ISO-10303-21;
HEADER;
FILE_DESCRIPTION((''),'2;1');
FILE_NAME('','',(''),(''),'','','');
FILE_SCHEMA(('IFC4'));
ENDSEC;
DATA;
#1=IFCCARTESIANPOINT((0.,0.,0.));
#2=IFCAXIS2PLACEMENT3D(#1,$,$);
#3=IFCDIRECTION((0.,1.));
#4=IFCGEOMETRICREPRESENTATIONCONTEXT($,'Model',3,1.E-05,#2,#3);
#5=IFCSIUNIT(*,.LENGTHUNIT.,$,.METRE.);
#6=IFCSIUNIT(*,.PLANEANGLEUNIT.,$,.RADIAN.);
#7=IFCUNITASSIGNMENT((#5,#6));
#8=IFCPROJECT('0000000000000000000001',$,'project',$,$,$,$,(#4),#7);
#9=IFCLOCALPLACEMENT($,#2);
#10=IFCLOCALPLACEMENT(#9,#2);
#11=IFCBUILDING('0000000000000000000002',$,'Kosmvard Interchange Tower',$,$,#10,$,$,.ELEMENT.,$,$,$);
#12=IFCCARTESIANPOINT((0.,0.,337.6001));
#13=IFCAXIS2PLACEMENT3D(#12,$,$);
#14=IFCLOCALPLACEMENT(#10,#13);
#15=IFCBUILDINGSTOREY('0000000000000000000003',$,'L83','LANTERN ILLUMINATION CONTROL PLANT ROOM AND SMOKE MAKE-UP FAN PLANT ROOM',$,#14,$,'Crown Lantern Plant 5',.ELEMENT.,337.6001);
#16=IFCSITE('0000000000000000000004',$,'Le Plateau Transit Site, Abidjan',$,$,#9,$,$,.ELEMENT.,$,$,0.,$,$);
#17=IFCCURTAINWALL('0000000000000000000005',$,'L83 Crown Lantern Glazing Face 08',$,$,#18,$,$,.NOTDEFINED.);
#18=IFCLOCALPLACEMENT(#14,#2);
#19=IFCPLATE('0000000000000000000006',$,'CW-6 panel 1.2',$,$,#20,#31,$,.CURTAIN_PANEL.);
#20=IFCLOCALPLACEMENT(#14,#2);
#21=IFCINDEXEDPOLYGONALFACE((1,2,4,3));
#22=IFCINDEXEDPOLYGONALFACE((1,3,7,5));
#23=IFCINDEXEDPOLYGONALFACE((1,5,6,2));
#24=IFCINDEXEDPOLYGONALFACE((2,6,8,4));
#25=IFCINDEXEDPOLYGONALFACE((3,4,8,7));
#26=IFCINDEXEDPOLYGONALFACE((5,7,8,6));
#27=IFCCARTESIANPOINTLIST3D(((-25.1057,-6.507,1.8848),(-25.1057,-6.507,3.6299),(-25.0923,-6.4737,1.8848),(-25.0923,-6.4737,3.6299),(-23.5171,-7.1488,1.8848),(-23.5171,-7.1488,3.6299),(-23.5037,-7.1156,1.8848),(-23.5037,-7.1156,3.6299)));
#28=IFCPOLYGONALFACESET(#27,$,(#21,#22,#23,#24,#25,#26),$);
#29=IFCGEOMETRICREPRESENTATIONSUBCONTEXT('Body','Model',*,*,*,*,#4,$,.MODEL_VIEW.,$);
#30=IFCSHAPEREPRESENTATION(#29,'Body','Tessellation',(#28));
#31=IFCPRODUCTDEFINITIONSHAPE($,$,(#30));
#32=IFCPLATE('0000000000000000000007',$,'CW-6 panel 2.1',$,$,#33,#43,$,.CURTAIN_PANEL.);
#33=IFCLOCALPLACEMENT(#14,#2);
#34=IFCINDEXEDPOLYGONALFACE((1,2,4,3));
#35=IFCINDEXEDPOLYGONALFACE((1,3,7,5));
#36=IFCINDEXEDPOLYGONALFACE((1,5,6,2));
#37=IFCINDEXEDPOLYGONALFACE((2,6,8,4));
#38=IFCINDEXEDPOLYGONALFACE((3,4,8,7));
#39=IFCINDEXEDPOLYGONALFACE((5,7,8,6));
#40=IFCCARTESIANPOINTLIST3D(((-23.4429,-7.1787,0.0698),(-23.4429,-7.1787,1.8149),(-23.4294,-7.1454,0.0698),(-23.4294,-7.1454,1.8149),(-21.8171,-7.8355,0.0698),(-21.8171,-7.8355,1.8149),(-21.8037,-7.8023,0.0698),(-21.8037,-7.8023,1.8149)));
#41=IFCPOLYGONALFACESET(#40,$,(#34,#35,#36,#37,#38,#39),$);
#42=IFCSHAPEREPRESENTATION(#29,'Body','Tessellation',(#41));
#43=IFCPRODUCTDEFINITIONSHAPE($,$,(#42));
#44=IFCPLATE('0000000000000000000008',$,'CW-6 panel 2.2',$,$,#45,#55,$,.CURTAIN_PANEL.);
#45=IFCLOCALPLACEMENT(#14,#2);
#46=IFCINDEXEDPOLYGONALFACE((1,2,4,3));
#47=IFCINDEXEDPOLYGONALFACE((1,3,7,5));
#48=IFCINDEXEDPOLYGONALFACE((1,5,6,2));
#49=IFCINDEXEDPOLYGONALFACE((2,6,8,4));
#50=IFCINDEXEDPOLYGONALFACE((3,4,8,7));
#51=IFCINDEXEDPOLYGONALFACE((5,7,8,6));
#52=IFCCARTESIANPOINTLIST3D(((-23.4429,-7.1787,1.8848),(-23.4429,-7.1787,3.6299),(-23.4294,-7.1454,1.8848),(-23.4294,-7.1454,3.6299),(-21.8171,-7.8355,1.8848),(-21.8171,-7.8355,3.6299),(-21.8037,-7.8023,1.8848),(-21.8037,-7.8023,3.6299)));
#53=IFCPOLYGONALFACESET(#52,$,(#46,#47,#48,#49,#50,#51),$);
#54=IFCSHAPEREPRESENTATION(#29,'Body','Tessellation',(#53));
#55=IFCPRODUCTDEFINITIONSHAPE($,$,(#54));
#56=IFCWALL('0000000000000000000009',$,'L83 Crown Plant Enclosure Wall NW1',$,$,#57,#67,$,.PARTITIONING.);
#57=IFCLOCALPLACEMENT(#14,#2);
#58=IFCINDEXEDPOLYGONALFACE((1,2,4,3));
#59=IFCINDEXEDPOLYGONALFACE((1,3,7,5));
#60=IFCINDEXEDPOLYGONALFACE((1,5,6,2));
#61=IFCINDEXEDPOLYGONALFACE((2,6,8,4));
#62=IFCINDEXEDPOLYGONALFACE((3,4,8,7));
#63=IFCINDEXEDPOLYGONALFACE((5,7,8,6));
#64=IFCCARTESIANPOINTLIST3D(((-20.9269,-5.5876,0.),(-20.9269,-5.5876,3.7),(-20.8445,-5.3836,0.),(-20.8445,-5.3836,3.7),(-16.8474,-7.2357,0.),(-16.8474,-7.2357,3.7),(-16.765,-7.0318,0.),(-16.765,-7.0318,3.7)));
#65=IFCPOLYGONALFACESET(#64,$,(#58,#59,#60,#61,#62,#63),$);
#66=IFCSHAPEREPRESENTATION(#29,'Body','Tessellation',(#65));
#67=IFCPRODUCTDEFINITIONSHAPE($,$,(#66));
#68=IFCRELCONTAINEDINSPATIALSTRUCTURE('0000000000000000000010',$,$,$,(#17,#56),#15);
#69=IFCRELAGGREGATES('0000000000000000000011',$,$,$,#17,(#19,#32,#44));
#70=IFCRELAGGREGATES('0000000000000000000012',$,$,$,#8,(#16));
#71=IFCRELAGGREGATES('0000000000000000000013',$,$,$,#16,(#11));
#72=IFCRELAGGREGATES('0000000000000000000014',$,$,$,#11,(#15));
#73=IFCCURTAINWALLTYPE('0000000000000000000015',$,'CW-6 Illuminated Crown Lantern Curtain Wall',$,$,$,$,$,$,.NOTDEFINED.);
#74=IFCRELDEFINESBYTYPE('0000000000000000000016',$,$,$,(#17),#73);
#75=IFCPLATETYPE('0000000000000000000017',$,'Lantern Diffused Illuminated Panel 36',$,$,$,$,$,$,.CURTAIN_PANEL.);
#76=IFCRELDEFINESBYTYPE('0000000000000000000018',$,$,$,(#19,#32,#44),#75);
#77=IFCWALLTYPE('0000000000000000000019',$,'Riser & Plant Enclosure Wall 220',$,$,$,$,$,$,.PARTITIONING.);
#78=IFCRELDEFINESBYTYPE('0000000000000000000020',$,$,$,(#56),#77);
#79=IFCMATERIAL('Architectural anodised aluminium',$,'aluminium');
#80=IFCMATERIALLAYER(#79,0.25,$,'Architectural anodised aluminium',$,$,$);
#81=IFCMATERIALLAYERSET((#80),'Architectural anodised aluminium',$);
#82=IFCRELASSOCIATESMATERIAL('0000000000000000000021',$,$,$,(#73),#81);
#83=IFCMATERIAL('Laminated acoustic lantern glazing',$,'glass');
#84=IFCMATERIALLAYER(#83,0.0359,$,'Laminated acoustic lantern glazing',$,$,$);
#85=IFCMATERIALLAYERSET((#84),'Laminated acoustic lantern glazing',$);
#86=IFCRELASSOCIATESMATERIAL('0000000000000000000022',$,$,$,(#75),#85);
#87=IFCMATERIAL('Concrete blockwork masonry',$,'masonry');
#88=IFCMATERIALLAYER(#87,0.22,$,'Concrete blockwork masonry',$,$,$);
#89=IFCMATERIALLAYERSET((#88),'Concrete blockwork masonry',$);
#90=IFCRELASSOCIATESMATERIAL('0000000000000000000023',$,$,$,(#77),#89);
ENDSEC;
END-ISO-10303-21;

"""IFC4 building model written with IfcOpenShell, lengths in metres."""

from ifc_helpers import new_model, si_unit, direction, frame, frame_2d, origin, origin_2d, place, context, subcontext, project, spatial, rectangle, extrude, source, transform, mapped, material, layer, layer_set, type_object, element, aggregate, save


model = new_model("IFC4")

# Units and contexts
model_context = context("Model", 3, precision=1e-05, world=origin(), true_north=direction((0.0, 1.0)))
body_context = subcontext(model_context, "Body", "Model", "MODEL_VIEW")
ifc_project = project(units=[si_unit("LENGTHUNIT", "METRE"), si_unit("PLANEANGLEUNIT", "RADIAN")], contexts=[model_context])

# Site, building, storey
site_placement = place(None, origin())
site = spatial("IfcSite", under=ifc_project, at=site_placement, Name="Le Plateau Transit Site, Abidjan", CompositionType="ELEMENT", RefElevation=0.0)
building_placement = place(site_placement, origin())
building = spatial("IfcBuilding", under=site, at=building_placement, Name="Kosmvard Interchange Tower", CompositionType="ELEMENT")
storey_placement = place(building_placement, frame((0.0, 0.0, 337.6001)))
storey = spatial("IfcBuildingStorey", under=building, at=storey_placement, Name="L83", Description="LANTERN ILLUMINATION CONTROL PLANT ROOM AND SMOKE MAKE-UP FAN PLANT ROOM", LongName="Crown Lantern Plant 5", CompositionType="ELEMENT", Elevation=337.6001)

# Shared definitions
ifc_material_1 = material(Name="Architectural anodised aluminium", Category="aluminium")
ifc_layer_1 = layer(ifc_material_1, 0.25, Name="Architectural anodised aluminium")
ifc_layer_set_1 = layer_set([ifc_layer_1], Name="Architectural anodised aluminium")
curtain_wall_type = type_object("IfcCurtainWallType", Name="CW-6 Illuminated Crown Lantern Curtain Wall", PredefinedType="NOTDEFINED", material=ifc_layer_set_1)

# Curtain wall
curtain_wall_1_placement = place(storey_placement, origin())
curtain_wall_1 = element("IfcCurtainWall", 1, at=curtain_wall_1_placement, inside=storey, type_object=curtain_wall_type, Name="L83 Crown Lantern Glazing Face 08", PredefinedType="NOTDEFINED")

# Plates
ifc_material_2 = material(Name="Laminated acoustic lantern glazing", Category="glass")
ifc_layer_2 = layer(ifc_material_2, 0.0359, Name="Laminated acoustic lantern glazing")
ifc_layer_set_2 = layer_set([ifc_layer_2], Name="Laminated acoustic lantern glazing")
plate_type = type_object("IfcPlateType", Name="Lantern Diffused Illuminated Panel 36", PredefinedType="CURTAIN_PANEL", material=ifc_layer_set_2)
shared_shape_1 = source(origin(), body_context, "Body", "SweptSolid", [
    extrude(rectangle(XDim=1.7134, YDim=0.0359, at=origin_2d()), origin(), (0.0, 0.0, 1.0), 1.7451),
])
plate_1_placement = place(storey_placement, frame((-24.3047, -6.8113, 1.8848), z_axis=(0.0, 0.0, 1.0), x_axis=(0.927184, -0.374607, 0.0)))
plate_1 = element("IfcPlate", 2, at=plate_1_placement, type_object=plate_type, Name="CW-6 panel 1.2", PredefinedType="CURTAIN_PANEL", context=body_context, shape_type="MappedRepresentation", body=[
    mapped(shared_shape_1, transform((0.0, 0.0, 0.0), scale=1.0)),
])
shared_shape_2 = source(origin(), body_context, "Body", "SweptSolid", [
    extrude(rectangle(XDim=1.7534, YDim=0.0359, at=origin_2d()), origin(), (0.0, 0.0, 1.0), 1.7451),
])
plate_2_placement = place(storey_placement, frame((-22.6233, -7.4905, 0.0698), z_axis=(0.0, 0.0, 1.0), x_axis=(0.927184, -0.374607, 0.0)))
plate_2 = element("IfcPlate", 3, at=plate_2_placement, type_object=plate_type, Name="CW-6 panel 2.1", PredefinedType="CURTAIN_PANEL", context=body_context, shape_type="MappedRepresentation", body=[
    mapped(shared_shape_2, transform((0.0, 0.0, 0.0), scale=1.0)),
])
plate_3_placement = place(storey_placement, frame((-22.6233, -7.4905, 1.8848), z_axis=(0.0, 0.0, 1.0), x_axis=(0.927184, -0.374607, 0.0)))
plate_3 = element("IfcPlate", 4, at=plate_3_placement, type_object=plate_type, Name="CW-6 panel 2.2", PredefinedType="CURTAIN_PANEL", context=body_context, shape_type="MappedRepresentation", body=[
    mapped(shared_shape_2, transform((0.0, 0.0, 0.0), scale=1.0)),
])
aggregate(curtain_wall_1, [plate_1, plate_2, plate_3])

# Wall
ifc_material_3 = material(Name="Concrete blockwork masonry", Category="masonry")
ifc_layer_3 = layer(ifc_material_3, 0.22, Name="Concrete blockwork masonry")
ifc_layer_set_3 = layer_set([ifc_layer_3], Name="Concrete blockwork masonry")
wall_type = type_object("IfcWallType", Name="Riser & Plant Enclosure Wall 220", PredefinedType="PARTITIONING", material=ifc_layer_set_3)
wall_placement = place(storey_placement, frame((-20.8857, -5.4856, 0.0), z_axis=(0.0, 0.0, 1.0), x_axis=(0.927189, -0.374593, 0.0)))
element("IfcWall", 5, at=wall_placement, inside=storey, type_object=wall_type, Name="L83 Crown Plant Enclosure Wall NW1", PredefinedType="PARTITIONING", context=body_context, shape_type="SweptSolid", body=[
    extrude(rectangle(XDim=4.3999, YDim=0.22, at=frame_2d((2.2, 0.0))), origin(), (0.0, 0.0, 1.0), 3.7),
])

save(model, "model.ifc")
